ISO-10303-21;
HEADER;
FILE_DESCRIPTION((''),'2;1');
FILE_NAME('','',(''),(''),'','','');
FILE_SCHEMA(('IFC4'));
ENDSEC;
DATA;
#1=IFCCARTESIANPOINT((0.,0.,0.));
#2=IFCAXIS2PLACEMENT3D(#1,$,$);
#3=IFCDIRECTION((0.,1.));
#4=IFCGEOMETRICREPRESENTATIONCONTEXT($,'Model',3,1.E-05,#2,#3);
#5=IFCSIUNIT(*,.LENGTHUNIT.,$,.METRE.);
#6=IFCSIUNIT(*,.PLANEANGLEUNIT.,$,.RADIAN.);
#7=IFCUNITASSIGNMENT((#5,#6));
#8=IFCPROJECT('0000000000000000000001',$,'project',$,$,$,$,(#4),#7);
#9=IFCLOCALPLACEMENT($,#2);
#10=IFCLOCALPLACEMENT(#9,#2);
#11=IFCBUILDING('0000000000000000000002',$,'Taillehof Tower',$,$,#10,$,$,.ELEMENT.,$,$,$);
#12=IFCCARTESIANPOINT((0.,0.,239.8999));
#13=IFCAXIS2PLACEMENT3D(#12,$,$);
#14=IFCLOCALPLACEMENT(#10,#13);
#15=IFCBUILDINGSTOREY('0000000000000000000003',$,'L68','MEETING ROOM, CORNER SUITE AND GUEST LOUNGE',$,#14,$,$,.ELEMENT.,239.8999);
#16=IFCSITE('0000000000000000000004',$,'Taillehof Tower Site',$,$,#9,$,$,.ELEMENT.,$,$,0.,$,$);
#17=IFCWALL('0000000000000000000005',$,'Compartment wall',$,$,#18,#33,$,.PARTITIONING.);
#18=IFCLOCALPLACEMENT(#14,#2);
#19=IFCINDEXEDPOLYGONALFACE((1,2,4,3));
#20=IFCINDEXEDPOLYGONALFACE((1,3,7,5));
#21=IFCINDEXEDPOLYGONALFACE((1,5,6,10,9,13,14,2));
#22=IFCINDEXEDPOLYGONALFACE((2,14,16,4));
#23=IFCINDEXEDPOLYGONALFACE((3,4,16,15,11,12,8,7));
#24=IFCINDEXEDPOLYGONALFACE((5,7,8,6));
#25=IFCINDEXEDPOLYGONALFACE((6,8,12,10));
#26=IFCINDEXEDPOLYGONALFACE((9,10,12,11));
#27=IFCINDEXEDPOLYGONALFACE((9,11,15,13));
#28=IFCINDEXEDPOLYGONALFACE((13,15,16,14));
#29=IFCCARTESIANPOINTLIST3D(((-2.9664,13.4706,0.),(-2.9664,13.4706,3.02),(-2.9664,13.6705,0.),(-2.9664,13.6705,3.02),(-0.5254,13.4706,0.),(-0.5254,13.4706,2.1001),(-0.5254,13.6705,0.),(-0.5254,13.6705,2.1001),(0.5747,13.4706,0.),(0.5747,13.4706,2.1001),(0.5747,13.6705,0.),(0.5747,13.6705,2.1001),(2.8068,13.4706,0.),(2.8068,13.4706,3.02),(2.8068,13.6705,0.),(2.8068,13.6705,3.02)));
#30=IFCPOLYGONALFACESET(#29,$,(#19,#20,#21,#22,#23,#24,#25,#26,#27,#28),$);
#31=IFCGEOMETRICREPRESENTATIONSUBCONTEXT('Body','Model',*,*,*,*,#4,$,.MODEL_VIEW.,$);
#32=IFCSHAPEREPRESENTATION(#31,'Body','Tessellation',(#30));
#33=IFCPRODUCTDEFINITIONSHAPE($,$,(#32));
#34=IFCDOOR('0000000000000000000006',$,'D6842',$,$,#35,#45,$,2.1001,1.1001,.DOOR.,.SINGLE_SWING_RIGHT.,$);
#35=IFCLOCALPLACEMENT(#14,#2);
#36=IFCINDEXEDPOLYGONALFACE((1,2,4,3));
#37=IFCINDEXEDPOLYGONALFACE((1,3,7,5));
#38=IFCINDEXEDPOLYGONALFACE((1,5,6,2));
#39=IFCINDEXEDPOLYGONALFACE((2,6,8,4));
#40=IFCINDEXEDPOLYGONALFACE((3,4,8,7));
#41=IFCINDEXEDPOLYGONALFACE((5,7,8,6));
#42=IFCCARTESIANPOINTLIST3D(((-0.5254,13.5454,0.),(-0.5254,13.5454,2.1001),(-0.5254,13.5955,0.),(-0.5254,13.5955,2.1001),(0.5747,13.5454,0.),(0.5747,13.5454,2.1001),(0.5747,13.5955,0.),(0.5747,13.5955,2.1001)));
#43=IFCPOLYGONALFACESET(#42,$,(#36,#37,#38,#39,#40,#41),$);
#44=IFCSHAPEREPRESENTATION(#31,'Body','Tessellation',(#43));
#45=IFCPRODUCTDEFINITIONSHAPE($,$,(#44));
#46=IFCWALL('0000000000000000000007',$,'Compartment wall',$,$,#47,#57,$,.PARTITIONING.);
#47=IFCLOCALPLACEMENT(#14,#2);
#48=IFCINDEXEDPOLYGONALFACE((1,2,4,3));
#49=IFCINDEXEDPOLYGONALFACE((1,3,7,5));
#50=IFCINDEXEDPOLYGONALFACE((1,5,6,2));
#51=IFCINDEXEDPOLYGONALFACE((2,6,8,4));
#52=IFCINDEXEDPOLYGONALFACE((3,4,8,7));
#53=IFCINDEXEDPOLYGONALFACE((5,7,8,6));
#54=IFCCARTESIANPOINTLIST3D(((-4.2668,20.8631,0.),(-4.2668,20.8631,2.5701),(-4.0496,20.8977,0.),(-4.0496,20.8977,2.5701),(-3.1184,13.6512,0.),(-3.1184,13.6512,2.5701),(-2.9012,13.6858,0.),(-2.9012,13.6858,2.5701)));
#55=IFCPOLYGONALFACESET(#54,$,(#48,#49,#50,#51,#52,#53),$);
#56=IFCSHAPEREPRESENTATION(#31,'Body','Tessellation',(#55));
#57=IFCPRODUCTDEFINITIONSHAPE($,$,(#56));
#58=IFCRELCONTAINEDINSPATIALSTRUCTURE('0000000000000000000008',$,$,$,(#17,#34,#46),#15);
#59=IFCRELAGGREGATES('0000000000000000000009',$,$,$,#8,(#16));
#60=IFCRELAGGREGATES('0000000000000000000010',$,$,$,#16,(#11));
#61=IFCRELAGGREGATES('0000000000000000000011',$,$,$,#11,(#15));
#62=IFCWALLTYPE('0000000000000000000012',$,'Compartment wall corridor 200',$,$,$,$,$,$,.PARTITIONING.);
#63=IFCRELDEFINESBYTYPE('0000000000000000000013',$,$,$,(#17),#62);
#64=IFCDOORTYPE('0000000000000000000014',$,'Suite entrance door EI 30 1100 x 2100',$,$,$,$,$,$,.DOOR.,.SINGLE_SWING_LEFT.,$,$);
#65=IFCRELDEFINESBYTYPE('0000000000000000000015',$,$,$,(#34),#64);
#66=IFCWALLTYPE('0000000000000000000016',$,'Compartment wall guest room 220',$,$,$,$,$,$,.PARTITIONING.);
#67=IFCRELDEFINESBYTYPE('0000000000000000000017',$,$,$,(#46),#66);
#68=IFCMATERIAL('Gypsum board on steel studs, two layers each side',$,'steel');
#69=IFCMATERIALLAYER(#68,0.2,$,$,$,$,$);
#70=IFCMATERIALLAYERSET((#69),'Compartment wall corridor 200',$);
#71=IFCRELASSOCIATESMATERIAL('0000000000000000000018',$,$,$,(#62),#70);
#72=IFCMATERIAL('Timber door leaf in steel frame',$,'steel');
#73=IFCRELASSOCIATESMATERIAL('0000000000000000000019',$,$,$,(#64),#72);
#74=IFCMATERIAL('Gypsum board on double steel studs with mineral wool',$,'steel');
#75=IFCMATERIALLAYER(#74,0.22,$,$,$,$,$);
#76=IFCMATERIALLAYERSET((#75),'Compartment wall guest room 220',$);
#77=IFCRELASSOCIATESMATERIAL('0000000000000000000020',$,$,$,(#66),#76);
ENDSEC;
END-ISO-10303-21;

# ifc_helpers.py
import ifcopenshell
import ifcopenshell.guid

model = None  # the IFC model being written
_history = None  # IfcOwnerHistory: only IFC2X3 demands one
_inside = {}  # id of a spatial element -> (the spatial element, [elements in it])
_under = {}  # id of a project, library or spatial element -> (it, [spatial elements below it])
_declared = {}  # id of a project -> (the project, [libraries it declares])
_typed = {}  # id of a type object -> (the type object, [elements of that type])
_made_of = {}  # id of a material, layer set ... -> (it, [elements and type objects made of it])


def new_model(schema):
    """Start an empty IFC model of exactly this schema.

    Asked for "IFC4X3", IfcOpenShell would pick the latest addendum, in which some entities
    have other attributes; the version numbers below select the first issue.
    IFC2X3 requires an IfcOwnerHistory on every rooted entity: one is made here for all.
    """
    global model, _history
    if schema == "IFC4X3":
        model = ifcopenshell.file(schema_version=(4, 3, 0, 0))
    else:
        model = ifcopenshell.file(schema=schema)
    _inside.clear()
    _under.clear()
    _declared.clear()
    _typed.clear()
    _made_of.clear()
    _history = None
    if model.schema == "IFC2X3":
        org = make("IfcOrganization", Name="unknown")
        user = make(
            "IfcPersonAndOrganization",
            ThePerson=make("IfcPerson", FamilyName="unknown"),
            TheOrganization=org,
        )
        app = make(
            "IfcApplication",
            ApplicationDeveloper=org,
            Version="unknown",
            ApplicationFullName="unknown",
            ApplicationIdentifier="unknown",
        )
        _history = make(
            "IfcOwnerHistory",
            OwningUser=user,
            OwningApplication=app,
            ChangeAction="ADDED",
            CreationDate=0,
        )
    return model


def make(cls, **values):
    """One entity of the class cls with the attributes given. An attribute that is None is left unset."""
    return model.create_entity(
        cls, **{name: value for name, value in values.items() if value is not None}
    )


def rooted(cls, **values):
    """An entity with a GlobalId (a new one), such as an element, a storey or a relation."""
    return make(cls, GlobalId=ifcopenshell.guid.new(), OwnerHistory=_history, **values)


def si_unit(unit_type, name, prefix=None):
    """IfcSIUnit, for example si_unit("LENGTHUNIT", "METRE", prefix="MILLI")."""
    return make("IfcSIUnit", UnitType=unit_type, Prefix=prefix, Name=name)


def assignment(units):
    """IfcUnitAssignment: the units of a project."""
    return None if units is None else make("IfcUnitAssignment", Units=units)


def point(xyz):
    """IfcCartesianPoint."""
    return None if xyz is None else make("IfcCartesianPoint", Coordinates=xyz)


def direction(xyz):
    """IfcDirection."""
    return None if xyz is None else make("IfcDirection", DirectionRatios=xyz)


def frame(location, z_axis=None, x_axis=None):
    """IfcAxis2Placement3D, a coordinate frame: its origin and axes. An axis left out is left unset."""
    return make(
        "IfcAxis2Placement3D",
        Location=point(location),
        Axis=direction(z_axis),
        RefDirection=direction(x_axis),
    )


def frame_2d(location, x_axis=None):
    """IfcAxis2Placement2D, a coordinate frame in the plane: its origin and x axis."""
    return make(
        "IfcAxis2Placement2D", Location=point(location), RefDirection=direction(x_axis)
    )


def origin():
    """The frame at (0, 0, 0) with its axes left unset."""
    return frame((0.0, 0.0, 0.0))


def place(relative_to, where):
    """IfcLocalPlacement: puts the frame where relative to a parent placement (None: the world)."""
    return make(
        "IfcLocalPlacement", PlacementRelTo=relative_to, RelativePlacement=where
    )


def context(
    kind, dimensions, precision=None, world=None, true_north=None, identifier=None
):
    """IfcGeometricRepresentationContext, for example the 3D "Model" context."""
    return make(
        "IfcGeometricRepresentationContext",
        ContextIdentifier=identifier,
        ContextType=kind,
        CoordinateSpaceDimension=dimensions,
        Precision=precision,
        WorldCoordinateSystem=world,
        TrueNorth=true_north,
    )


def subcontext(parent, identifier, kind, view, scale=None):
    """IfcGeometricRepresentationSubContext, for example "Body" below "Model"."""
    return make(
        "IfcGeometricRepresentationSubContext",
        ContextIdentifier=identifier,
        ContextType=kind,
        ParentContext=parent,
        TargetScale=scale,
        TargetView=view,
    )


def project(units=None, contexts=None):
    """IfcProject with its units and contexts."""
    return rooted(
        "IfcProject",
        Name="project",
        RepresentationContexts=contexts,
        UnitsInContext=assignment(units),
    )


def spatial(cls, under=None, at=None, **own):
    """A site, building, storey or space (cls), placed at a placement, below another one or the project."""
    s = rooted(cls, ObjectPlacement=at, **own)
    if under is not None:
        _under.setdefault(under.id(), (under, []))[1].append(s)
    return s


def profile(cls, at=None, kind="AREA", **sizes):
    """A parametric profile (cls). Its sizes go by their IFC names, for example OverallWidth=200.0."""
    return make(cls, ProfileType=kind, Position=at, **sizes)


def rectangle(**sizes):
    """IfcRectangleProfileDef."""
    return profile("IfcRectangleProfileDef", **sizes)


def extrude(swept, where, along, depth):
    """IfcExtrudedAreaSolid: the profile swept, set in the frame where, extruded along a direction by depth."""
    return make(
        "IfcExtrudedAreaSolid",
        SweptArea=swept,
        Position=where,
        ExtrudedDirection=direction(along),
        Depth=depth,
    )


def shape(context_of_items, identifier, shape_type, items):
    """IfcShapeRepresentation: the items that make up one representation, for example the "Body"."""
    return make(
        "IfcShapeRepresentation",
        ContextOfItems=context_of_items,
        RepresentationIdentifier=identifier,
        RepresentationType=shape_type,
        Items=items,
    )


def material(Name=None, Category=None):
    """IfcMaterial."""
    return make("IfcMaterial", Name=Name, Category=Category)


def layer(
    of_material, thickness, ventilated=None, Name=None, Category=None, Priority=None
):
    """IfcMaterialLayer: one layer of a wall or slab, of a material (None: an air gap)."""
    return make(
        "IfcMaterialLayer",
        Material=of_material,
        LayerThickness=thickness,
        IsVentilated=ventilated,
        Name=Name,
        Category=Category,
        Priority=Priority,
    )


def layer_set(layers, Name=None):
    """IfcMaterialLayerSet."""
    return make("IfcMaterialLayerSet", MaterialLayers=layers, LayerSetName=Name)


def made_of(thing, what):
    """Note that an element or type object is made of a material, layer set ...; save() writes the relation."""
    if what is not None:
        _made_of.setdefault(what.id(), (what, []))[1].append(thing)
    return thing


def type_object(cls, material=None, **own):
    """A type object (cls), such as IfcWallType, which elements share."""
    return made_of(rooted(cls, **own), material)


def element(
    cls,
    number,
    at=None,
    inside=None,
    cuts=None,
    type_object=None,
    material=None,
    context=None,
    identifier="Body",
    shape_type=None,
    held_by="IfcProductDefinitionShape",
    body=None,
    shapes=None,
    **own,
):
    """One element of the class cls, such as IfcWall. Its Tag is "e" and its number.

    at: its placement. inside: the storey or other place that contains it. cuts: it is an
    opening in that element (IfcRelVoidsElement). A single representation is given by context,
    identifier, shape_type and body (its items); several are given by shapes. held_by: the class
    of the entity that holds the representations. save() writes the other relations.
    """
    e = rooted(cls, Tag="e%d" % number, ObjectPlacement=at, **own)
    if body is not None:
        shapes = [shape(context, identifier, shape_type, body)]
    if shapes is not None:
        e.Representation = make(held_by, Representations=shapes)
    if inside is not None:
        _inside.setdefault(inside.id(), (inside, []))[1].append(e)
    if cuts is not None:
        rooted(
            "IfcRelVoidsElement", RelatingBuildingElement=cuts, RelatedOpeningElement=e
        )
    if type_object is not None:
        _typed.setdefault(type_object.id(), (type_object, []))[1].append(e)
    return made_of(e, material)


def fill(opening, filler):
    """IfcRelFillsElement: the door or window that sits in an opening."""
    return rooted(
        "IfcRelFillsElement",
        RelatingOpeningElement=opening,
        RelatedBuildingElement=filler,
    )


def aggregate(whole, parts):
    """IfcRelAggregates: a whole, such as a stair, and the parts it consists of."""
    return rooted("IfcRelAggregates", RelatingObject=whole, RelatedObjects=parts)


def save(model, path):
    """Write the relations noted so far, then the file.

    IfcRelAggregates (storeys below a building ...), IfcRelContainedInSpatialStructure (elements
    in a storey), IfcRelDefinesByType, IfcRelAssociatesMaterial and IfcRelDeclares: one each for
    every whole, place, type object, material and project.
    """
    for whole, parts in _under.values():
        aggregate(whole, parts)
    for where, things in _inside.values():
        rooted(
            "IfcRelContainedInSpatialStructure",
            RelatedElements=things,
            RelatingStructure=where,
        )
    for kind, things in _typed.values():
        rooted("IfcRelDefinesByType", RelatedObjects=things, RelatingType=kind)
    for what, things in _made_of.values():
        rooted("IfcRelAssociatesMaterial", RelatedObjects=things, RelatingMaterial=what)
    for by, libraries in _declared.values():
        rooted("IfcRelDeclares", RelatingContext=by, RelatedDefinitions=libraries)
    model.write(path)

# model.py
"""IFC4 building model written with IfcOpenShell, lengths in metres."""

from ifc_helpers import new_model, si_unit, direction, frame, frame_2d, origin, place, context, subcontext, project, spatial, rectangle, extrude, material, layer, layer_set, type_object, element, fill, save


model = new_model("IFC4")

# Units and contexts
model_context = context("Model", 3, precision=1e-05, world=origin(), true_north=direction((0.0, 1.0)))
body_context = subcontext(model_context, "Body", "Model", "MODEL_VIEW")
ifc_project = project(units=[si_unit("LENGTHUNIT", "METRE"), si_unit("PLANEANGLEUNIT", "RADIAN")], contexts=[model_context])

# Site, building, storey
site_placement = place(None, origin())
site = spatial("IfcSite", under=ifc_project, at=site_placement, Name="Taillehof Tower Site", CompositionType="ELEMENT", RefElevation=0.0)
building_placement = place(site_placement, origin())
building = spatial("IfcBuilding", under=site, at=building_placement, Name="Taillehof Tower", CompositionType="ELEMENT")
storey_placement = place(building_placement, frame((0.0, 0.0, 239.8999)))
storey = spatial("IfcBuildingStorey", under=building, at=storey_placement, Name="L68", Description="MEETING ROOM, CORNER SUITE AND GUEST LOUNGE", CompositionType="ELEMENT", Elevation=239.8999)

# Shared definitions
ifc_material_1 = material(Name="Gypsum board on steel studs, two layers each side", Category="steel")
ifc_layer_1 = layer(ifc_material_1, 0.2)
ifc_layer_set_1 = layer_set([ifc_layer_1], Name="Compartment wall corridor 200")
wall_type_1 = type_object("IfcWallType", Name="Compartment wall corridor 200", PredefinedType="PARTITIONING", material=ifc_layer_set_1)

# Wall, opening, door
wall_1_placement = place(storey_placement, frame((-2.9666, 13.5706, 0.0), z_axis=(0.0, 0.0, 1.0), x_axis=(1.0, 0.0, 0.0)))
wall_1 = element("IfcWall", 1, at=wall_1_placement, inside=storey, type_object=wall_type_1, Name="Compartment wall", PredefinedType="PARTITIONING", context=body_context, shape_type="SweptSolid", body=[
    extrude(rectangle(XDim=5.7732, YDim=0.2, at=frame_2d((2.8867, 0.0))), origin(), (0.0, 0.0, 1.0), 3.02),
])
opening_1_placement = place(wall_1_placement, frame((2.4412, 0.0, 0.0)))
opening_1 = element("IfcOpeningElement", 2, at=opening_1_placement, cuts=wall_1, PredefinedType="OPENING", context=body_context, shape_type="SweptSolid", body=[
    extrude(rectangle(XDim=1.1001, YDim=2.1001, at=frame_2d((0.55, 1.05))), frame((0.0, 0.1099, 0.0), z_axis=(0.0, -1.0, 0.0), x_axis=(1.0, 0.0, 0.0)), (0.0, 0.0, 1.0), 0.22),
])
ifc_material_2 = material(Name="Timber door leaf in steel frame", Category="steel")
door_type_1 = type_object("IfcDoorType", Name="Suite entrance door EI 30 1100 x 2100", OperationType="SINGLE_SWING_LEFT", PredefinedType="DOOR", material=ifc_material_2)
door_1_placement = place(opening_1_placement, origin())
door_1 = element("IfcDoor", 3, at=door_1_placement, inside=storey, type_object=door_type_1, Name="D6842", OperationType="SINGLE_SWING_RIGHT", OverallHeight=2.1001, OverallWidth=1.1001, PredefinedType="DOOR", context=body_context, shape_type="SweptSolid", body=[
    extrude(rectangle(XDim=1.1001, YDim=2.1001, at=frame_2d((0.55, 1.05))), frame((0.0, 0.0249, 0.0), z_axis=(0.0, -1.0, 0.0), x_axis=(1.0, 0.0, 0.0)), (0.0, 0.0, 1.0), 0.05),
])
fill(opening_1, door_1)

# Wall
ifc_material_3 = material(Name="Gypsum board on double steel studs with mineral wool", Category="steel")
ifc_layer_2 = layer(ifc_material_3, 0.22)
ifc_layer_set_2 = layer_set([ifc_layer_2], Name="Compartment wall guest room 220")
wall_type_2 = type_object("IfcWallType", Name="Compartment wall guest room 220", PredefinedType="PARTITIONING", material=ifc_layer_set_2)
wall_2_placement = place(storey_placement, frame((-4.1582, 20.8804, 0.0), z_axis=(0.0, 0.0, 1.0), x_axis=(0.15726, -0.987557, 0.0)))
element("IfcWall", 4, at=wall_2_placement, inside=storey, type_object=wall_type_2, Name="Compartment wall", PredefinedType="PARTITIONING", context=body_context, shape_type="SweptSolid", body=[
    extrude(rectangle(XDim=7.3027, YDim=0.22, at=frame_2d((3.6514, 0.0))), origin(), (0.0, 0.0, 1.0), 2.5701),
])

save(model, "model.ifc")
